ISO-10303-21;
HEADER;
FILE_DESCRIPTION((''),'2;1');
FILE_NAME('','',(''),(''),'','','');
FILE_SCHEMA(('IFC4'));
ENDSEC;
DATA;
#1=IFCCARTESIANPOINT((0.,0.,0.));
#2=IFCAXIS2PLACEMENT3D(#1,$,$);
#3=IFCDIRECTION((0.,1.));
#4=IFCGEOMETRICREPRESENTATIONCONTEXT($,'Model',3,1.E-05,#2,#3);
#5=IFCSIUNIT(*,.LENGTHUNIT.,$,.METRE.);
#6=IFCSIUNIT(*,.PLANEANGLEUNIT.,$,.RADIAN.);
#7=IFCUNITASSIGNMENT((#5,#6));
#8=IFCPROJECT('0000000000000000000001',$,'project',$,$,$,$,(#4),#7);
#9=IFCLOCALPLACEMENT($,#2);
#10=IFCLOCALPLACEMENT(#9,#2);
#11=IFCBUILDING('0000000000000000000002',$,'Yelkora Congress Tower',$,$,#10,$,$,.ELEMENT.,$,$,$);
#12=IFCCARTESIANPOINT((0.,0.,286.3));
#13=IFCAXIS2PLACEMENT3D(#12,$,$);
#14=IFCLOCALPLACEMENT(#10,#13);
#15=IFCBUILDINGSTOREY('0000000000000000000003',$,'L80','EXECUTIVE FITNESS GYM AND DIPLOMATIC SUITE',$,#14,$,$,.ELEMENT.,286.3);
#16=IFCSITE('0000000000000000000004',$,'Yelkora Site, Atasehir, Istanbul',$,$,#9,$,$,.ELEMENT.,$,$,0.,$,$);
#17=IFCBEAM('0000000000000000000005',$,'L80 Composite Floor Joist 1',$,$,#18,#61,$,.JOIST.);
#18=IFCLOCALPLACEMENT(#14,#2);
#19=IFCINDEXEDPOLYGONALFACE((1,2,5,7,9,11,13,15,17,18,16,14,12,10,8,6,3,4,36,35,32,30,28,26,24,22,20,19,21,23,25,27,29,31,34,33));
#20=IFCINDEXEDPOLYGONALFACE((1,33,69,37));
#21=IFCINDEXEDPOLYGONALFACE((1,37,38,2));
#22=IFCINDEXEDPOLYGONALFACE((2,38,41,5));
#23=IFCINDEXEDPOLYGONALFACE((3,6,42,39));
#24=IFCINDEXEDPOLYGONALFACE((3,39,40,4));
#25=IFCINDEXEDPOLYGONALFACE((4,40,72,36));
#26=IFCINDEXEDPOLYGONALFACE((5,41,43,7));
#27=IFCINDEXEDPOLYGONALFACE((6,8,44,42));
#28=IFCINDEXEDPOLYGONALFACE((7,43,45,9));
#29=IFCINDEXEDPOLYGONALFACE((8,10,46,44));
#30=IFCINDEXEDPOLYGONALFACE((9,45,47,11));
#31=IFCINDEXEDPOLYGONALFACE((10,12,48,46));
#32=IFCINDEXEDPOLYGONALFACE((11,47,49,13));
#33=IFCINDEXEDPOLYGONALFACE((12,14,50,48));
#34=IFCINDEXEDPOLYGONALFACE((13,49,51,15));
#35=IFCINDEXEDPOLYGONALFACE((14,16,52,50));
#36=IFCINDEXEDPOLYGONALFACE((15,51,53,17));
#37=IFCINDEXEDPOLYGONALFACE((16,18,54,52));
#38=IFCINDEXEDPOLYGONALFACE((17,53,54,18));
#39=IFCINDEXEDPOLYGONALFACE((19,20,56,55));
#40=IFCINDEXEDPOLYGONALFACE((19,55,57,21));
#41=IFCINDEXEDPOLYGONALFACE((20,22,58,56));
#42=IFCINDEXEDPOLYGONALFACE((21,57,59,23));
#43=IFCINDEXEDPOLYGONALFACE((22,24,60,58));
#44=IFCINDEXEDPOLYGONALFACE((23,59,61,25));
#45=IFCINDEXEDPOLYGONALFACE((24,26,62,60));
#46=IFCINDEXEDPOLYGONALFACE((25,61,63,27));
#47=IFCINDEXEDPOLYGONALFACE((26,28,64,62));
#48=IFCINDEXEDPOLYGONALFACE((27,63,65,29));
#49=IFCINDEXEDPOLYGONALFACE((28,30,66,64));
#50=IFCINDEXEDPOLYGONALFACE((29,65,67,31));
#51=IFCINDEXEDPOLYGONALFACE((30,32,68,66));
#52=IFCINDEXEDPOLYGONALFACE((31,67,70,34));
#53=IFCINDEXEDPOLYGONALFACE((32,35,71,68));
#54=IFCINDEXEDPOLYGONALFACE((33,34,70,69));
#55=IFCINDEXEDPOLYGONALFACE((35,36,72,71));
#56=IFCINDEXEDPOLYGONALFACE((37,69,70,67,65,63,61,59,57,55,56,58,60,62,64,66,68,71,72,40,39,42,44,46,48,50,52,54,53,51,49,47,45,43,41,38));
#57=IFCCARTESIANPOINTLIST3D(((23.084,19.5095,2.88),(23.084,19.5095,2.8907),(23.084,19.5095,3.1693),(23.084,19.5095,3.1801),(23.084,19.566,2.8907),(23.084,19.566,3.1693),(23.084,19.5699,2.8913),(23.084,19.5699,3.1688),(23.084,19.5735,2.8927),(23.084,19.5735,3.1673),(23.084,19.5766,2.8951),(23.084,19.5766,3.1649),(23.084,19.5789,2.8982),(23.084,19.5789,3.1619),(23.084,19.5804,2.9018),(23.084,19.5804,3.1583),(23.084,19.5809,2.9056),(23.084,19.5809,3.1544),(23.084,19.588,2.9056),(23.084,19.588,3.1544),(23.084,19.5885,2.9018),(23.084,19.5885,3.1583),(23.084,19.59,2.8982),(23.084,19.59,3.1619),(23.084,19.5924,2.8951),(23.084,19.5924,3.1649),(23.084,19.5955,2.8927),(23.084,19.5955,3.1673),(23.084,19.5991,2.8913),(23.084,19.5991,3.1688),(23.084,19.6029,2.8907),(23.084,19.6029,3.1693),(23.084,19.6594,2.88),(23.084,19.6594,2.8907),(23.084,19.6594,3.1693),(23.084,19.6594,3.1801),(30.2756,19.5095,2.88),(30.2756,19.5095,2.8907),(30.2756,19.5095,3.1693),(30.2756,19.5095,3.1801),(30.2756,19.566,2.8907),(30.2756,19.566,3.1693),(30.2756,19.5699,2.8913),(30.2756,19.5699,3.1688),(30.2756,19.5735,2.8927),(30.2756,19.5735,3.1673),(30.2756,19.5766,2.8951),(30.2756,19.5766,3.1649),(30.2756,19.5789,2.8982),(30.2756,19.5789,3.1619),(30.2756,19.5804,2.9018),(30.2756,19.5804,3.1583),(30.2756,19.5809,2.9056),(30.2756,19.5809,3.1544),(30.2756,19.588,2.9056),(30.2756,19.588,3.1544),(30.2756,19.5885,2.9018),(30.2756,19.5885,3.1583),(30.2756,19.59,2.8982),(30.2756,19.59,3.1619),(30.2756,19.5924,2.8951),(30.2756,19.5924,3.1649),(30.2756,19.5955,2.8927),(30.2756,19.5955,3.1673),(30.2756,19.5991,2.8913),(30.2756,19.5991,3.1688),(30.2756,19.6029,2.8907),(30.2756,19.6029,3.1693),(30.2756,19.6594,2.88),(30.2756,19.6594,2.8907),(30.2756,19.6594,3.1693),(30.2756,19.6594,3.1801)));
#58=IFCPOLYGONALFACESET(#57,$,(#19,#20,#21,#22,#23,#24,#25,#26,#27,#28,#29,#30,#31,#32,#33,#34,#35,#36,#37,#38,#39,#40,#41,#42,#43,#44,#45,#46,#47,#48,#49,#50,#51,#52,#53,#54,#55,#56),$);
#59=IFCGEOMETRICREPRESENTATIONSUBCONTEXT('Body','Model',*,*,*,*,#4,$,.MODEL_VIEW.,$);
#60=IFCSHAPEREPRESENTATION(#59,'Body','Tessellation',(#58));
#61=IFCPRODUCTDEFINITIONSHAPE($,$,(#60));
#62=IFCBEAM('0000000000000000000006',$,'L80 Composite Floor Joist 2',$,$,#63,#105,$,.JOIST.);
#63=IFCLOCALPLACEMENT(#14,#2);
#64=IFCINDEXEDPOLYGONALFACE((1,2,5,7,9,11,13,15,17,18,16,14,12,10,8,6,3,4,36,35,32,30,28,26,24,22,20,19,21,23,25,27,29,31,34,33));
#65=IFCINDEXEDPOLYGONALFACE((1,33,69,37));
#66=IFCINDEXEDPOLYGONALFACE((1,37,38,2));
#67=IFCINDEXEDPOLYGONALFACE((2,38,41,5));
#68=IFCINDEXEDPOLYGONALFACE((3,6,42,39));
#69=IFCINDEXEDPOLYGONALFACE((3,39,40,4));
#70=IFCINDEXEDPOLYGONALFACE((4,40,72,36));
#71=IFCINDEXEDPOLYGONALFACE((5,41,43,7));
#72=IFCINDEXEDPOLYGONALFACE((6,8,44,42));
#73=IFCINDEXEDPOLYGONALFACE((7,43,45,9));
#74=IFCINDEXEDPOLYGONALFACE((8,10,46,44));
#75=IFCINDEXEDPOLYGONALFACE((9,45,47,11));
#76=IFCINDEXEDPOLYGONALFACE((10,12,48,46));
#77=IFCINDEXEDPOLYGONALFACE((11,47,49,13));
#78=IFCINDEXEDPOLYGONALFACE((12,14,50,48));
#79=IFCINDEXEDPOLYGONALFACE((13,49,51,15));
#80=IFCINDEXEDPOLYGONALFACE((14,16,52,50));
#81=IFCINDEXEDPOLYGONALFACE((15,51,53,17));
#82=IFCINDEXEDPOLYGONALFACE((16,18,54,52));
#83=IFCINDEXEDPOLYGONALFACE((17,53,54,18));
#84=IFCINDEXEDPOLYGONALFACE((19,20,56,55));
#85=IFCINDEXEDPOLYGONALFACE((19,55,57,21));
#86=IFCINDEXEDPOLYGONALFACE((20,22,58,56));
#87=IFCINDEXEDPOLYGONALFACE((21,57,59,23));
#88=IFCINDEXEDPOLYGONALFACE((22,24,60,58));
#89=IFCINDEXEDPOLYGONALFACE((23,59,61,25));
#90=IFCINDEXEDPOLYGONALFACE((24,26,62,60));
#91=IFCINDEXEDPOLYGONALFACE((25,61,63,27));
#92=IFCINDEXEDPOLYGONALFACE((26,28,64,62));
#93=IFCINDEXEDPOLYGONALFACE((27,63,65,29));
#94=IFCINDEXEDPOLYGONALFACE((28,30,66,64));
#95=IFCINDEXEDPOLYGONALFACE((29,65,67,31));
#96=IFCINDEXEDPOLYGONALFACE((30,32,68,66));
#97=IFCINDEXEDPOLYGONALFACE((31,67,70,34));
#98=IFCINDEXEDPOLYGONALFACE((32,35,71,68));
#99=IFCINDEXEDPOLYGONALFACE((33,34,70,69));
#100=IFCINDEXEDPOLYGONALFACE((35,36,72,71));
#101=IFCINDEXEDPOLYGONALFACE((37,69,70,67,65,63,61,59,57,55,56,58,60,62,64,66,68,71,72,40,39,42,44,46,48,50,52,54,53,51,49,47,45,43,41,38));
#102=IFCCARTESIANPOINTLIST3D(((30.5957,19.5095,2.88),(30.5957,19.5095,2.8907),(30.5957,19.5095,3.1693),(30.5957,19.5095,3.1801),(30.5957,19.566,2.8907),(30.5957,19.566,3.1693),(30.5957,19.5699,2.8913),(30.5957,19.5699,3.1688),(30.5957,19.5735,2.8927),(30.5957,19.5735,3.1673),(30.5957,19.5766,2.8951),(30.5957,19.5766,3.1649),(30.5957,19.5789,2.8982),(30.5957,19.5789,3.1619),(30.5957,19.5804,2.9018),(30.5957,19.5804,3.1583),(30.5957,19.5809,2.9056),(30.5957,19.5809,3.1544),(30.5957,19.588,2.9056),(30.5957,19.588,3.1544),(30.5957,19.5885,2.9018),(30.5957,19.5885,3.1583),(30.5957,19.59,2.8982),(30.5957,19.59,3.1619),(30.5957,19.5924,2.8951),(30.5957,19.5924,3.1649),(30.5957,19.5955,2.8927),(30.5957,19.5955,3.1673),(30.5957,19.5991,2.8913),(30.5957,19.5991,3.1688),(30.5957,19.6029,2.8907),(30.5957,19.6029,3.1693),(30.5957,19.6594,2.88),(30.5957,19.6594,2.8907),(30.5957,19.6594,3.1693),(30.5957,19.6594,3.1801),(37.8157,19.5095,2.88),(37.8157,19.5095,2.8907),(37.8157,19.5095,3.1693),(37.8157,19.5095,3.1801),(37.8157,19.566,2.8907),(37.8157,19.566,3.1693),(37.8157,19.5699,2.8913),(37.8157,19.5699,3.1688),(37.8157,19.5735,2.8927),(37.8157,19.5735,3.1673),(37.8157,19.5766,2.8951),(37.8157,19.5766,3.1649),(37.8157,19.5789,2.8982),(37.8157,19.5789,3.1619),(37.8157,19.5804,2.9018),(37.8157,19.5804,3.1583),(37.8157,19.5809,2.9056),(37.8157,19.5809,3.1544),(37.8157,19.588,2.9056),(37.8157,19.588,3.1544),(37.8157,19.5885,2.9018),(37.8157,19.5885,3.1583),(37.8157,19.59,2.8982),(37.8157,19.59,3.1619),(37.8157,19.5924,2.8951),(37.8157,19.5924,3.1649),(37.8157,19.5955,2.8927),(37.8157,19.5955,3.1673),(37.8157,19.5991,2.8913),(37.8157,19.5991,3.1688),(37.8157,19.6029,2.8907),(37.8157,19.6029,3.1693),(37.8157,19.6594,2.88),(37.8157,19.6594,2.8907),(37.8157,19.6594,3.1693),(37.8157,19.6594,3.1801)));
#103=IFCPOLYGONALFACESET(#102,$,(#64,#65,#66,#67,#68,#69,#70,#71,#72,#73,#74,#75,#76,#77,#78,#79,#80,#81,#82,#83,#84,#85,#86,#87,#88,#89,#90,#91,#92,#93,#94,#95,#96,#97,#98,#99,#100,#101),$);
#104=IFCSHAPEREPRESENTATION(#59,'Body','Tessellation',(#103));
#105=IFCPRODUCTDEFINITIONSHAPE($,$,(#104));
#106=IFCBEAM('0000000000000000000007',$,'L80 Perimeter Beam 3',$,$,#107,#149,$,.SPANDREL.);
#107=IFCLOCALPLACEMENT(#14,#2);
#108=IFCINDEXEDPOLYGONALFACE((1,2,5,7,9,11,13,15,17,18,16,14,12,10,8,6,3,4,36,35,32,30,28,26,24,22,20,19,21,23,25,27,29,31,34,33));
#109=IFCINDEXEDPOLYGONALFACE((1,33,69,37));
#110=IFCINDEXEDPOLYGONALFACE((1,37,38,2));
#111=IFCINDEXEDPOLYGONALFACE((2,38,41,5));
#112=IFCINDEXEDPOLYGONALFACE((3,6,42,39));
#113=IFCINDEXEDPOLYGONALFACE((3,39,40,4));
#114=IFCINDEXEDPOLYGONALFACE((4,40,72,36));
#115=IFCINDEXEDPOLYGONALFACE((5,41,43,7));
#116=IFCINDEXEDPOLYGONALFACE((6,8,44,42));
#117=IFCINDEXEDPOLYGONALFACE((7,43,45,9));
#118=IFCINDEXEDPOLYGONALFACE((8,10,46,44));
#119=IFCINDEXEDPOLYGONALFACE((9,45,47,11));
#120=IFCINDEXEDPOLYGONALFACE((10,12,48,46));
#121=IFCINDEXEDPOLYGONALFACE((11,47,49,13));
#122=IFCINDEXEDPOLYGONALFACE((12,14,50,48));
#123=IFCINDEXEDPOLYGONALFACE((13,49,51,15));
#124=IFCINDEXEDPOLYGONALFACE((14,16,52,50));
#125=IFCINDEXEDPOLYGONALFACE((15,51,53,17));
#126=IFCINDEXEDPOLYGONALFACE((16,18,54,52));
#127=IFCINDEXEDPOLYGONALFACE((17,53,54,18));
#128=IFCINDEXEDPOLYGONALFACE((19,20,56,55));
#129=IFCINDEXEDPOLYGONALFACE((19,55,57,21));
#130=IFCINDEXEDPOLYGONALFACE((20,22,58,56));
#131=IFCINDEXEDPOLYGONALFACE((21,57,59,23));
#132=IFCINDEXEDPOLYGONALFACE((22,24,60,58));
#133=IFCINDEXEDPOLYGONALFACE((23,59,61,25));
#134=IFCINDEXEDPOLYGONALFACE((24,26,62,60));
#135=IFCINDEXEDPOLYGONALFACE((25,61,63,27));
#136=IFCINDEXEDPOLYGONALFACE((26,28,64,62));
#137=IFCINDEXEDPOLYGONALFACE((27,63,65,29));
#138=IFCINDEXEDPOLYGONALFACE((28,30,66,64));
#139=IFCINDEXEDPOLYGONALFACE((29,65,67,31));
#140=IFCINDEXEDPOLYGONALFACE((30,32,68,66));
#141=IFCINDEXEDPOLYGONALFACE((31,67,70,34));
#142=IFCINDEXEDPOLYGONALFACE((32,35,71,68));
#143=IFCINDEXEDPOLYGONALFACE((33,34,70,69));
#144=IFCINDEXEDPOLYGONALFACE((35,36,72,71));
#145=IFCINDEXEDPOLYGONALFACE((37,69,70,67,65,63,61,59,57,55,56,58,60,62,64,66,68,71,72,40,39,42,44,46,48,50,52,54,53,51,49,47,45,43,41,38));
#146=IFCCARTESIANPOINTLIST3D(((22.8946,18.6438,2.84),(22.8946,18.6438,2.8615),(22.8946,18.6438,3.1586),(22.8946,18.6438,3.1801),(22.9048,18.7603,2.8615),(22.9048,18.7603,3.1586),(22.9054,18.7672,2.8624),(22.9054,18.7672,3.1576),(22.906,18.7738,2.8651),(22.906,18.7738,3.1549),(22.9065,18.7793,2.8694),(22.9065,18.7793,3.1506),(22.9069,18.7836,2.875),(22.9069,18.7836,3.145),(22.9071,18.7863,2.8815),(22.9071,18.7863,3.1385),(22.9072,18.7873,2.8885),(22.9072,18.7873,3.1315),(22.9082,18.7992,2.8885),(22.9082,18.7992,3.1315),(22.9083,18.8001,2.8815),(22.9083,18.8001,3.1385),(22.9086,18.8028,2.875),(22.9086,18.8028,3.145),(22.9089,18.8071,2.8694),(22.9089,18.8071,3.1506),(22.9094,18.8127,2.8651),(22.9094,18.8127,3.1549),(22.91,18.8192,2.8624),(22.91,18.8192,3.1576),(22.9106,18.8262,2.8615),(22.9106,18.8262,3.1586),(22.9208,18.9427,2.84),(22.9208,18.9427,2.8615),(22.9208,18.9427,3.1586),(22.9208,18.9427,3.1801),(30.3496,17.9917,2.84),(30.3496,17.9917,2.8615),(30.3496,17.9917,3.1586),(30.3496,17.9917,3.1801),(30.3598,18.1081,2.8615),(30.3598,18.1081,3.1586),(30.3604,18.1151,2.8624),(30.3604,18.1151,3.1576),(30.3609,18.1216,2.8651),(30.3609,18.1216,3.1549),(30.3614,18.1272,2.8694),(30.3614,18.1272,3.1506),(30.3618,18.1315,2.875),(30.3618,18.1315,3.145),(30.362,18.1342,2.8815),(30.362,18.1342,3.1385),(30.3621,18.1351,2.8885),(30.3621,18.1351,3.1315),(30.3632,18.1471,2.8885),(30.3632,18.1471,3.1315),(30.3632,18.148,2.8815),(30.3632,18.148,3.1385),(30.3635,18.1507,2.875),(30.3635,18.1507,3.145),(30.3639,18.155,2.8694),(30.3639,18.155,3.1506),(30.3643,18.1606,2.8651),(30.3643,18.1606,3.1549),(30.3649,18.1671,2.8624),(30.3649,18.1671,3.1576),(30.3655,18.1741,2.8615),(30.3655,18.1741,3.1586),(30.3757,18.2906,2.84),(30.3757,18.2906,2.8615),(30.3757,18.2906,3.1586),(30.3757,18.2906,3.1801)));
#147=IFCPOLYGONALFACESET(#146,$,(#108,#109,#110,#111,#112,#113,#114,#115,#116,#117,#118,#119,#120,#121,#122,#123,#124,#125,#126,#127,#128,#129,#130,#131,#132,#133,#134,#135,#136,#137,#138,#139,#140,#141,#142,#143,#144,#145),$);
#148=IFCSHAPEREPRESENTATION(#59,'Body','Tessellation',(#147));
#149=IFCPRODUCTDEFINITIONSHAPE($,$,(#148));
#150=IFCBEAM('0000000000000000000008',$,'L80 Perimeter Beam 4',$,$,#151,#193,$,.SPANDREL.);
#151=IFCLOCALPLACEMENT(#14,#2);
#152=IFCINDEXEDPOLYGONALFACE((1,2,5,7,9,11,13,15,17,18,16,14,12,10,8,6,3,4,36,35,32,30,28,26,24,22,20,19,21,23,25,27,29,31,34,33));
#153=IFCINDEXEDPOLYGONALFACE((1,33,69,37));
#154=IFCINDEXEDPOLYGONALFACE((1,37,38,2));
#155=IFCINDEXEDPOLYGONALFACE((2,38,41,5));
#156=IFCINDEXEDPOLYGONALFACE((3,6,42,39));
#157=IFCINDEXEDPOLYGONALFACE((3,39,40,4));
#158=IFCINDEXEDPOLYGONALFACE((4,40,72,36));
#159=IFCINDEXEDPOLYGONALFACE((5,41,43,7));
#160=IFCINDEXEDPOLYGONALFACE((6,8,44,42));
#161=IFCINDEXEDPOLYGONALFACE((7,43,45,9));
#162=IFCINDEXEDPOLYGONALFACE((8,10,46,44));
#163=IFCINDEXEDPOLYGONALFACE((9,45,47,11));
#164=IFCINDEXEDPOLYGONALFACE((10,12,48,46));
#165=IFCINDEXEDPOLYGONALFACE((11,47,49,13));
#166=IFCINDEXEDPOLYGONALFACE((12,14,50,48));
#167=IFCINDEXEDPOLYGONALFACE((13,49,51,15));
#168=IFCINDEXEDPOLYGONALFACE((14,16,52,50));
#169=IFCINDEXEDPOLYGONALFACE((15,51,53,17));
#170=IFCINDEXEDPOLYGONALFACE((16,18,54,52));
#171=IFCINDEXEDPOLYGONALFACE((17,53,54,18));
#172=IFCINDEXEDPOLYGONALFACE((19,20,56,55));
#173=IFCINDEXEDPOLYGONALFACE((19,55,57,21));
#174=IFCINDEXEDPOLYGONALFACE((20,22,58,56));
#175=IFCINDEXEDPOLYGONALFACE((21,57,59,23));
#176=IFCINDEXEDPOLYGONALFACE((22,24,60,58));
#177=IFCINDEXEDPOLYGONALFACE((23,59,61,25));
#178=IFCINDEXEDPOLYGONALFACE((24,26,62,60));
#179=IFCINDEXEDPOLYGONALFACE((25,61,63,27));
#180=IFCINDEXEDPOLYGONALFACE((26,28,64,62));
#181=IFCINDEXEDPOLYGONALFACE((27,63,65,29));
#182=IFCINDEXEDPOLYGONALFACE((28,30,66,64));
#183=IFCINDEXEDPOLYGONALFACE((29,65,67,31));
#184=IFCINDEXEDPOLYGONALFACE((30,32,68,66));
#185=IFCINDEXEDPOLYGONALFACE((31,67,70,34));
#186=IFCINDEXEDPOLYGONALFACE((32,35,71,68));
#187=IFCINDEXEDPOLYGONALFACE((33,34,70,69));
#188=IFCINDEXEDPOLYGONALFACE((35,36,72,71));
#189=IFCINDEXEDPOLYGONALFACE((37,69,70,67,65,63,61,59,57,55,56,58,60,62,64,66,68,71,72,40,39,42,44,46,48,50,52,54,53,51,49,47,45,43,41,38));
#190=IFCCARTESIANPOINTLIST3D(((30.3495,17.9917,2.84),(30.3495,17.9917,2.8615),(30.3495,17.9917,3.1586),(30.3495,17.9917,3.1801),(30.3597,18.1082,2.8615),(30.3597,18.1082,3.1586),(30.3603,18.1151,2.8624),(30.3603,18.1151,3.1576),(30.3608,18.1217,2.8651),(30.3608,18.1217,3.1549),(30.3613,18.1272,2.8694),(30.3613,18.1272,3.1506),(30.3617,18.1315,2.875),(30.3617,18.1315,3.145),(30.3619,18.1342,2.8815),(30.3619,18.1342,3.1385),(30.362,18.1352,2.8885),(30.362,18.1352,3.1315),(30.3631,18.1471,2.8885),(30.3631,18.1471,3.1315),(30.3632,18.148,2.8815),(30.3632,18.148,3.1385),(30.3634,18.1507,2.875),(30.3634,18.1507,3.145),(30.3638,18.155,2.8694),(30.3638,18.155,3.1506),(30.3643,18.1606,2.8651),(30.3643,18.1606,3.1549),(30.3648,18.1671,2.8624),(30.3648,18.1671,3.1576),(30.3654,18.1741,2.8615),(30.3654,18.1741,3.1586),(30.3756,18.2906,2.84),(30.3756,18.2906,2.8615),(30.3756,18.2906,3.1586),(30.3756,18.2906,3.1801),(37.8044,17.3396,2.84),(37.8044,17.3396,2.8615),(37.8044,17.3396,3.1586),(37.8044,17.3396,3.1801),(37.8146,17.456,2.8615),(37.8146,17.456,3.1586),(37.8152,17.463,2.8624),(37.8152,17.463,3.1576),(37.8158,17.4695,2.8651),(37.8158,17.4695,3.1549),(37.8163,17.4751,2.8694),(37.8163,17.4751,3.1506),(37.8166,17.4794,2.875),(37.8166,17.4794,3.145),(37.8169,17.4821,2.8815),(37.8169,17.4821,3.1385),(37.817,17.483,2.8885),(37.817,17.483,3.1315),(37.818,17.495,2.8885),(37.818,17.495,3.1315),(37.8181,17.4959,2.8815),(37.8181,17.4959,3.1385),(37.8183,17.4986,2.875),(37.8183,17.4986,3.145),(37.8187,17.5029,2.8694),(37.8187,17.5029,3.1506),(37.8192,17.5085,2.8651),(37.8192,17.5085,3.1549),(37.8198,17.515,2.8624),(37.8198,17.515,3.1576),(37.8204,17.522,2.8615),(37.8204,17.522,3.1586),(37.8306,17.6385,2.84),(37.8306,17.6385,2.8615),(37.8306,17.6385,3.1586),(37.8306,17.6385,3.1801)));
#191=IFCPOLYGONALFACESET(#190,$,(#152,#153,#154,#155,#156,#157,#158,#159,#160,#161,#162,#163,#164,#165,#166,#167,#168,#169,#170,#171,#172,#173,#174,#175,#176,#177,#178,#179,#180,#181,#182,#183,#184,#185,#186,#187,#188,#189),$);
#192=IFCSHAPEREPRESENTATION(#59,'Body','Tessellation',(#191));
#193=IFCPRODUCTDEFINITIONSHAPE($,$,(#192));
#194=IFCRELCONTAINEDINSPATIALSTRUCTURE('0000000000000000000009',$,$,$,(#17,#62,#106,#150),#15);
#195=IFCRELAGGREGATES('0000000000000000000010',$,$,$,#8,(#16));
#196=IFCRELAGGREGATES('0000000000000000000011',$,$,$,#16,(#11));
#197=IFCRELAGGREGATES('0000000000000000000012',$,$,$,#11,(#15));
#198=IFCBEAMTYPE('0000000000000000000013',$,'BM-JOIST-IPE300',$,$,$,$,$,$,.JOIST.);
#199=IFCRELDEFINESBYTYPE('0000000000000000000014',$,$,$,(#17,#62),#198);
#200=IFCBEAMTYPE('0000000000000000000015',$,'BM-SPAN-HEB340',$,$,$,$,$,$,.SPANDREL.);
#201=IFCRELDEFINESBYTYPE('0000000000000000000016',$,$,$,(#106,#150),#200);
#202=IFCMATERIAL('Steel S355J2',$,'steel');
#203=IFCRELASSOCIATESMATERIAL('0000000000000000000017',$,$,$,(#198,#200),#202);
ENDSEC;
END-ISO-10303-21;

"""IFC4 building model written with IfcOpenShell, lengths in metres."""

from ifc_helpers import new_model, si_unit, direction, frame, origin, origin_2d, place, context, subcontext, project, spatial, i_section, extrude, material, material_profile, profile_set, type_object, element, save


model = new_model("IFC4")

# Units and contexts
model_context = context("Model", 3, precision=1e-05, world=origin(), true_north=direction((0.0, 1.0)))
body_context = subcontext(model_context, "Body", "Model", "MODEL_VIEW")
ifc_project = project(units=[si_unit("LENGTHUNIT", "METRE"), si_unit("PLANEANGLEUNIT", "RADIAN")], contexts=[model_context])

# Site, building, storey
site_placement = place(None, origin())
site = spatial("IfcSite", under=ifc_project, at=site_placement, Name="Yelkora Site, Atasehir, Istanbul", CompositionType="ELEMENT", RefElevation=0.0)
building_placement = place(site_placement, origin())
building = spatial("IfcBuilding", under=site, at=building_placement, Name="Yelkora Congress Tower", CompositionType="ELEMENT")
storey_placement = place(building_placement, frame((0.0, 0.0, 286.3)))
storey = spatial("IfcBuildingStorey", under=building, at=storey_placement, Name="L80", Description="EXECUTIVE FITNESS GYM AND DIPLOMATIC SUITE", CompositionType="ELEMENT", Elevation=286.3)

# Shared definitions
ifc_material_1 = material(Name="Steel S355J2", Category="steel")

# Beams
ifc_material_profile_1 = material_profile(ifc_material_1, i_section(OverallWidth=0.1499, OverallDepth=0.3, WebThickness=0.0071, FlangeThickness=0.0107, FilletRadius=0.0149, at=origin_2d()), Name="IPE 300")
ifc_profile_set_1 = profile_set([ifc_material_profile_1], Name="Steel S355J2")
beam_type_1 = type_object("IfcBeamType", Name="BM-JOIST-IPE300", PredefinedType="JOIST", material=ifc_profile_set_1)
beam_1_placement = place(storey_placement, frame((23.084, 19.5845, 3.03), z_axis=(1.0, 0.0, 0.0), x_axis=(0.0, 1.0, 0.0)))
element("IfcBeam", 1, at=beam_1_placement, inside=storey, type_object=beam_type_1, Name="L80 Composite Floor Joist 1", PredefinedType="JOIST", context=body_context, shape_type="SweptSolid", body=[
    extrude(i_section(OverallWidth=0.1499, OverallDepth=0.3, WebThickness=0.0071, FlangeThickness=0.0107, FilletRadius=0.0149, at=origin_2d()), origin(), (0.0, 0.0, 1.0), 7.1917),
])
beam_2_placement = place(storey_placement, frame((30.5957, 19.5845, 3.03), z_axis=(1.0, 0.0, 0.0), x_axis=(0.0, 1.0, 0.0)))
element("IfcBeam", 2, at=beam_2_placement, inside=storey, type_object=beam_type_1, Name="L80 Composite Floor Joist 2", PredefinedType="JOIST", context=body_context, shape_type="SweptSolid", body=[
    extrude(i_section(OverallWidth=0.1499, OverallDepth=0.3, WebThickness=0.0071, FlangeThickness=0.0107, FilletRadius=0.0149, at=origin_2d()), origin(), (0.0, 0.0, 1.0), 7.22),
])
ifc_material_profile_2 = material_profile(ifc_material_1, i_section(OverallWidth=0.3, OverallDepth=0.3401, WebThickness=0.012, FlangeThickness=0.0215, FilletRadius=0.0271, at=origin_2d()), Name="HEB 340")
ifc_profile_set_2 = profile_set([ifc_material_profile_2], Name="Steel S355J2")
beam_type_2 = type_object("IfcBeamType", Name="BM-SPAN-HEB340", PredefinedType="SPANDREL", material=ifc_profile_set_2)
for number, where, z_axis, x_axis, name in (
    (3, (22.9077, 18.7932, 3.01), (0.996196, -0.087141, 0.0), (0.087141, 0.996196, 0.0), "L80 Perimeter Beam 3"),
    (4, (30.3625, 18.1411, 3.01), (0.996196, -0.087141, 0.0), (0.087141, 0.996196, 0.0), "L80 Perimeter Beam 4"),
):
    element("IfcBeam", number, at=place(storey_placement, frame(where, z_axis=z_axis, x_axis=x_axis)), inside=storey, type_object=beam_type_2, Name=name, PredefinedType="SPANDREL", context=body_context, shape_type="SweptSolid", body=[
        extrude(i_section(OverallWidth=0.3, OverallDepth=0.3401, WebThickness=0.012, FlangeThickness=0.0215, FilletRadius=0.0271, at=origin_2d()), origin(), (0.0, 0.0, 1.0), 7.4834),
    ])

save(model, "model.ifc")
